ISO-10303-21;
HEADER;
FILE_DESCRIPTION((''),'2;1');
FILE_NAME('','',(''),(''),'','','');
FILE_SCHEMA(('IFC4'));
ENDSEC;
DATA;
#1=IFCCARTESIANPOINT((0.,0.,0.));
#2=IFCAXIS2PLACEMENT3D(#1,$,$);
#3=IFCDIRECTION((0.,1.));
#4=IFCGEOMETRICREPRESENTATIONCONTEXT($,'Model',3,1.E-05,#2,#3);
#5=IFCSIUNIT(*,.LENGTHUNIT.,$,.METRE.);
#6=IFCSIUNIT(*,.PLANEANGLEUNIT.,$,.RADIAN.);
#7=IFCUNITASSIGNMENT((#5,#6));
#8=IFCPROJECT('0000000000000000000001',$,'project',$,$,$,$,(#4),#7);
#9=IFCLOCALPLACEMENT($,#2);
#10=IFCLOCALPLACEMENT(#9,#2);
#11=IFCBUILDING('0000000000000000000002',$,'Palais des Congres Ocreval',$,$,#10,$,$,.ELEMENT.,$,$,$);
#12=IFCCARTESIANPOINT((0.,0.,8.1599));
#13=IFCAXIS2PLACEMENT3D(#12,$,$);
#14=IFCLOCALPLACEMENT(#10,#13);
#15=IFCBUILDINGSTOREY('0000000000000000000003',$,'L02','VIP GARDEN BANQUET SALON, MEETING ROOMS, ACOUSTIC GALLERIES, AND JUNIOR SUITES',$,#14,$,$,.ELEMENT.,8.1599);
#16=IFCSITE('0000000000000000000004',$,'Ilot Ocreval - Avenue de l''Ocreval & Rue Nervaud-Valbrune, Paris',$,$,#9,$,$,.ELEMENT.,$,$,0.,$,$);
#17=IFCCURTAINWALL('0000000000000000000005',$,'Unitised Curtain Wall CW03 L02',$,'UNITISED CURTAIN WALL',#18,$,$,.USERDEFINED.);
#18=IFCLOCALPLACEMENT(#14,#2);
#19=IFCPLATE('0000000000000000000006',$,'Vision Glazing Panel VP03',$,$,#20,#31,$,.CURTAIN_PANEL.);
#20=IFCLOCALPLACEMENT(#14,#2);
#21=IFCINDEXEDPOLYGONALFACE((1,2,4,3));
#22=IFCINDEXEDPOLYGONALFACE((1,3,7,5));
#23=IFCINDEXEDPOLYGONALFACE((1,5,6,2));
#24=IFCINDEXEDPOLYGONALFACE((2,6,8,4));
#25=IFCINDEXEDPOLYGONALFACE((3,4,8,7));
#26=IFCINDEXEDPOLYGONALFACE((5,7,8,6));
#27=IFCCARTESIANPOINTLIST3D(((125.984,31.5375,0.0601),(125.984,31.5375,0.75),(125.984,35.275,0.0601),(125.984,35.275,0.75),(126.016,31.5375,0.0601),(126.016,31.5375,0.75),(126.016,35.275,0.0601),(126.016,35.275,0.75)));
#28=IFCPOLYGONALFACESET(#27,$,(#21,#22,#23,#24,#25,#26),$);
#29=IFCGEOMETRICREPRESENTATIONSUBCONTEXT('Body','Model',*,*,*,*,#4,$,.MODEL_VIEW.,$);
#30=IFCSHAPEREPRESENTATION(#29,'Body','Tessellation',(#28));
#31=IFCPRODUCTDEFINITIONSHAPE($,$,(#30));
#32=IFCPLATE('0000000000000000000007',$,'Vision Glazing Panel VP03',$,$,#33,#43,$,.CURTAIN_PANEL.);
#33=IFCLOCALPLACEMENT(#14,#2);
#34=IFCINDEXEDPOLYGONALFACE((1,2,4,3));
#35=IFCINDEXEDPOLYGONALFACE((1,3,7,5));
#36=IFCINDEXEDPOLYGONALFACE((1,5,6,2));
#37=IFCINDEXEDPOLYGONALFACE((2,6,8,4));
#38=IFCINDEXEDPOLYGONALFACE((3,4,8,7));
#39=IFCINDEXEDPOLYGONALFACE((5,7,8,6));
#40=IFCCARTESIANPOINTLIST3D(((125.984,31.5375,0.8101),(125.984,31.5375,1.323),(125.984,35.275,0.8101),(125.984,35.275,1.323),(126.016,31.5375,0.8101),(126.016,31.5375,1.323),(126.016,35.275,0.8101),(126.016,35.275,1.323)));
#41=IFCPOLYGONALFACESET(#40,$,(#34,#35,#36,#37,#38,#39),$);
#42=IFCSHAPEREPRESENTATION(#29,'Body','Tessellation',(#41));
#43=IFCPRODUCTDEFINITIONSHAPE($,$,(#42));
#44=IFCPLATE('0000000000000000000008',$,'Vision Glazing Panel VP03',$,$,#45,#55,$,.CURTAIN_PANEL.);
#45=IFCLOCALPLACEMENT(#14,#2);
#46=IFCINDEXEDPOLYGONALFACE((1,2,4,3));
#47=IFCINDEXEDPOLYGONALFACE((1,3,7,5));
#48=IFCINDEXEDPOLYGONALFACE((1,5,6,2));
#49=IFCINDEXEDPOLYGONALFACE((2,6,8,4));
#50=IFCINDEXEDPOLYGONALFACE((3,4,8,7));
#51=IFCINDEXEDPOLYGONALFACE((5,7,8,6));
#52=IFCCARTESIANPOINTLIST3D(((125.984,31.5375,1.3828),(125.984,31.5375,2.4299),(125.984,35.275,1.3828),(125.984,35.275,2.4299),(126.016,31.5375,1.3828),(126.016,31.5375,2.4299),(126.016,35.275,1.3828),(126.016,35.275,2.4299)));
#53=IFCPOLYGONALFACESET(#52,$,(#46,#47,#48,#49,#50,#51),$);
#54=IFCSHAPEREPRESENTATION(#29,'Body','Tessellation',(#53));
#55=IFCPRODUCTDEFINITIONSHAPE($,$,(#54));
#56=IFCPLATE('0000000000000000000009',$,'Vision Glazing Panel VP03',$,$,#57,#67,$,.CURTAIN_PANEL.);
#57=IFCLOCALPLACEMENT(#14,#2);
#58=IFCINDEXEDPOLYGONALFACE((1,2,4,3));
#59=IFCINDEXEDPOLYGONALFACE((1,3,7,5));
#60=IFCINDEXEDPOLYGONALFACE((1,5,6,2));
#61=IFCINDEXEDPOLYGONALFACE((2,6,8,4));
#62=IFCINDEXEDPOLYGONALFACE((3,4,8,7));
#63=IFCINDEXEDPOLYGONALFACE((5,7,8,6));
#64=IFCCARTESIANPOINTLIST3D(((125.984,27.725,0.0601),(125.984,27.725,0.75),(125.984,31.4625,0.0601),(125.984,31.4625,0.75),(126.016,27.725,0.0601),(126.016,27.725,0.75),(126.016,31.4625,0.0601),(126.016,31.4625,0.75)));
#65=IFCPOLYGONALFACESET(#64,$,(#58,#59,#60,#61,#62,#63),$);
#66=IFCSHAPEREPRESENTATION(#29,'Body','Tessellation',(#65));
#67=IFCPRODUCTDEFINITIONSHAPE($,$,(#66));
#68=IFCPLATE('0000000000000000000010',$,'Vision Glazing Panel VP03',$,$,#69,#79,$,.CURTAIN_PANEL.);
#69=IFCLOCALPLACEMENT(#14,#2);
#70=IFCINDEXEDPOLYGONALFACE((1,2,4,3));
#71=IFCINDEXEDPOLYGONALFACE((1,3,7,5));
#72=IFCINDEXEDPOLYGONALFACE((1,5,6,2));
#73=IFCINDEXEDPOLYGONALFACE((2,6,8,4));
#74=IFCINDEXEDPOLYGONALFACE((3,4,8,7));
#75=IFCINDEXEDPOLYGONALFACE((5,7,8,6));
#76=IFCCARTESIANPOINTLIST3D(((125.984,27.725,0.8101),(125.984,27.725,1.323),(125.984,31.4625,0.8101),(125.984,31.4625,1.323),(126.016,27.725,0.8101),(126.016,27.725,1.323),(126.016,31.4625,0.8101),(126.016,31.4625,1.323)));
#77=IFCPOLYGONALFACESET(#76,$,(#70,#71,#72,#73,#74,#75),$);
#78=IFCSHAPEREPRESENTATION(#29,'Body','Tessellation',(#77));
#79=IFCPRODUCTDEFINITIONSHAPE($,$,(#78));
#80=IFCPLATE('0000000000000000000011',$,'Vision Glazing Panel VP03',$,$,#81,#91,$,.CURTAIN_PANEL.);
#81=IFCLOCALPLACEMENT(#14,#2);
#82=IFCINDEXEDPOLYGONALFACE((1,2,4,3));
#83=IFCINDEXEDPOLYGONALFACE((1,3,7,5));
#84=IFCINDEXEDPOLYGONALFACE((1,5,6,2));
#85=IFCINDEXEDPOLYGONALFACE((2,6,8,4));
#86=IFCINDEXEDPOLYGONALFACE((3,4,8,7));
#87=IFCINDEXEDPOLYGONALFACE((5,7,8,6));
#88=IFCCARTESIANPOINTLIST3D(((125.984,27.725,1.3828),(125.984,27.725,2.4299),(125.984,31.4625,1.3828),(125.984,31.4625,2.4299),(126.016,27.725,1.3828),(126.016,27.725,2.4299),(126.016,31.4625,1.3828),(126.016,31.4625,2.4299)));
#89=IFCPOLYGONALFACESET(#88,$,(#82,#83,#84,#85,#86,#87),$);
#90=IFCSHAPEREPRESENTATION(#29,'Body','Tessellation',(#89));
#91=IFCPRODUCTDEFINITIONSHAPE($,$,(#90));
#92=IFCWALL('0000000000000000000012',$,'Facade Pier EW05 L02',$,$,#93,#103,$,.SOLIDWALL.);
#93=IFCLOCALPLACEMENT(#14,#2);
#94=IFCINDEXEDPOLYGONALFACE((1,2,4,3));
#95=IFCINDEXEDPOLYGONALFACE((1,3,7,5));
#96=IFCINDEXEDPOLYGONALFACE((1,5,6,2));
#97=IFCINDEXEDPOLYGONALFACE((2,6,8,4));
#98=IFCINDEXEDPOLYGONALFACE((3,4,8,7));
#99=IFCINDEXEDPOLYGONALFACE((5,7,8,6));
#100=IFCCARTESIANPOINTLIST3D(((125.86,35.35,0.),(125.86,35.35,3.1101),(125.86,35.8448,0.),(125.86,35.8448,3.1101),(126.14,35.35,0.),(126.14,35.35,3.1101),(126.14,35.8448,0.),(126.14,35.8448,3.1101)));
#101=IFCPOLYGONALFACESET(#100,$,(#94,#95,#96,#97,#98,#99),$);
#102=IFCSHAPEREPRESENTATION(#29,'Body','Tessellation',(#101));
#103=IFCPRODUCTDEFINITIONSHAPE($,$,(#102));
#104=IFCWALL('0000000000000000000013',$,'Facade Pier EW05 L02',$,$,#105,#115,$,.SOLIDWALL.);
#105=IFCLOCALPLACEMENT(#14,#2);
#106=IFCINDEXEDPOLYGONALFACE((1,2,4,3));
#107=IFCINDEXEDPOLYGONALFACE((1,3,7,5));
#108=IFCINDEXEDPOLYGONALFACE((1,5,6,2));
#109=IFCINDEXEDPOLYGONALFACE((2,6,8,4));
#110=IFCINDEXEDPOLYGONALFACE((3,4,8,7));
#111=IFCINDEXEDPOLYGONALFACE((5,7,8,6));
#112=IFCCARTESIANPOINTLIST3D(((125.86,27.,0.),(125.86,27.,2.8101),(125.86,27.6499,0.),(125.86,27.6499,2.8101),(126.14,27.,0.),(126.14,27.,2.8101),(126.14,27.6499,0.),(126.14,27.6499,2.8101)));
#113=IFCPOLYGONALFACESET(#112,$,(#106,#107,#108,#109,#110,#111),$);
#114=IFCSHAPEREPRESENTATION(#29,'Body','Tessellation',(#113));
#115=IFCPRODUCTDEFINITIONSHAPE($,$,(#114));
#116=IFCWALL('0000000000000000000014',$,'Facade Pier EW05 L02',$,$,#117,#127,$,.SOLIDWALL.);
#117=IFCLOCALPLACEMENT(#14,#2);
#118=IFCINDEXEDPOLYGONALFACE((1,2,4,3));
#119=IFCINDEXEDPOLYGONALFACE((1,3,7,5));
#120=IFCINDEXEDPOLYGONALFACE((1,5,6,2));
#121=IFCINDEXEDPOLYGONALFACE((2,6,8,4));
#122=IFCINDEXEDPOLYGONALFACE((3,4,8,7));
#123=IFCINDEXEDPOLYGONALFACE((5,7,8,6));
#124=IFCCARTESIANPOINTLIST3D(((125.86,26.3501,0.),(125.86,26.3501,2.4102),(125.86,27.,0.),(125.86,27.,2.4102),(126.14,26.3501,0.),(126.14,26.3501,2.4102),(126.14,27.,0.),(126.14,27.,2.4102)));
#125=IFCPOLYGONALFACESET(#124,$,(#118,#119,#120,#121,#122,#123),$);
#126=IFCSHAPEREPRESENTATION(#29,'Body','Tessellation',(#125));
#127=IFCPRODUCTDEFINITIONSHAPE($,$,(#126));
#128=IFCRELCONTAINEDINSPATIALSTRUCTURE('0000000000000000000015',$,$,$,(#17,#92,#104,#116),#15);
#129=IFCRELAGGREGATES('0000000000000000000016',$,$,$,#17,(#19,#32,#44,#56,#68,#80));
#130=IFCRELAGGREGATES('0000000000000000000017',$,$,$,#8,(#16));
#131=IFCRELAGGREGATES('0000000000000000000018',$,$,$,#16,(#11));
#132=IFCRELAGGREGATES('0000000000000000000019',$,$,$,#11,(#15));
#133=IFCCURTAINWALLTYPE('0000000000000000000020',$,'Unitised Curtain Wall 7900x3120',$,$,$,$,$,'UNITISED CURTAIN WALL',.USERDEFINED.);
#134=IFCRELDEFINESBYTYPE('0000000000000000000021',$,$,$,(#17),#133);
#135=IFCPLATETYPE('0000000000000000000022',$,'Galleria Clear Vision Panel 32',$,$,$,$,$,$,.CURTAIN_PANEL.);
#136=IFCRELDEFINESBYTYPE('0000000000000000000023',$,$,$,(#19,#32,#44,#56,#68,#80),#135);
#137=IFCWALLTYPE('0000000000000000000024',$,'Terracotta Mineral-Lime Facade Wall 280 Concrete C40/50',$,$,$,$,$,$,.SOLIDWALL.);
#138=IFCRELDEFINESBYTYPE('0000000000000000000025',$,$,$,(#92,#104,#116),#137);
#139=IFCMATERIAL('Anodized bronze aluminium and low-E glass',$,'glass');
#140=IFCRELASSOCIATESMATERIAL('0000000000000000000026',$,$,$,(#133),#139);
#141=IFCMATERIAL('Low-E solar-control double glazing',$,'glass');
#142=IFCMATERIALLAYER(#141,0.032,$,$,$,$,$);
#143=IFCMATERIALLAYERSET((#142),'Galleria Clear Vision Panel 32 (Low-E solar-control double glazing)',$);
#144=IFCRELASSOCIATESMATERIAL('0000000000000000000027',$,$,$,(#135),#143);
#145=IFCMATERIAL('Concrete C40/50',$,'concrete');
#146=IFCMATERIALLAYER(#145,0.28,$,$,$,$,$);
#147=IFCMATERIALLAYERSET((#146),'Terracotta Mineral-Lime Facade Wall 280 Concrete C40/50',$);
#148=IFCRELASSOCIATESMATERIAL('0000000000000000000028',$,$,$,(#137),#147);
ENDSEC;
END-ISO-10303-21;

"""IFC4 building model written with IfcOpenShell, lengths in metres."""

from ifc_helpers import new_model, si_unit, direction, frame, frame_2d, origin, origin_2d, place, context, subcontext, project, spatial, rectangle, extrude, material, layer, layer_set, type_object, element, aggregate, save


model = new_model("IFC4")

# Units and contexts
model_context = context("Model", 3, precision=1e-05, world=origin(), true_north=direction((0.0, 1.0)))
body_context = subcontext(model_context, "Body", "Model", "MODEL_VIEW")
ifc_project = project(units=[si_unit("LENGTHUNIT", "METRE"), si_unit("PLANEANGLEUNIT", "RADIAN")], contexts=[model_context])

# Site, building, storey
site_placement = place(None, origin())
site = spatial("IfcSite", under=ifc_project, at=site_placement, Name="Ilot Ocreval - Avenue de l'Ocreval & Rue Nervaud-Valbrune, Paris", CompositionType="ELEMENT", RefElevation=0.0)
building_placement = place(site_placement, origin())
building = spatial("IfcBuilding", under=site, at=building_placement, Name="Palais des Congres Ocreval", CompositionType="ELEMENT")
storey_placement = place(building_placement, frame((0.0, 0.0, 8.1599)))
storey = spatial("IfcBuildingStorey", under=building, at=storey_placement, Name="L02", Description="VIP GARDEN BANQUET SALON, MEETING ROOMS, ACOUSTIC GALLERIES, AND JUNIOR SUITES", CompositionType="ELEMENT", Elevation=8.1599)

# Curtain wall
ifc_material_1 = material(Name="Anodized bronze aluminium and low-E glass", Category="glass")
curtain_wall_type = type_object("IfcCurtainWallType", Name="Unitised Curtain Wall 7900x3120", ElementType="UNITISED CURTAIN WALL", PredefinedType="USERDEFINED", material=ifc_material_1)
curtain_wall_1_placement = place(storey_placement, origin())
curtain_wall_1 = element("IfcCurtainWall", 1, at=curtain_wall_1_placement, inside=storey, type_object=curtain_wall_type, Name="Unitised Curtain Wall CW03 L02", ObjectType="UNITISED CURTAIN WALL", PredefinedType="USERDEFINED")

# Plates
ifc_material_2 = material(Name="Low-E solar-control double glazing", Category="glass")
ifc_layer_1 = layer(ifc_material_2, 0.032)
ifc_layer_set_1 = layer_set([ifc_layer_1], Name="Galleria Clear Vision Panel 32 (Low-E solar-control double glazing)")
plate_type_1 = type_object("IfcPlateType", Name="Galleria Clear Vision Panel 32", PredefinedType="CURTAIN_PANEL", material=ifc_layer_set_1)
plate_1_placement = place(storey_placement, frame((126.0, 33.4062, 0.0601), z_axis=(0.0, 0.0, 1.0), x_axis=(0.0, -1.0, 0.0)))
plate_1 = element("IfcPlate", 2, at=plate_1_placement, type_object=plate_type_1, Name="Vision Glazing Panel VP03", PredefinedType="CURTAIN_PANEL", context=body_context, shape_type="SweptSolid", body=[
    extrude(rectangle(XDim=3.7375, YDim=0.032, at=origin_2d()), origin(), (0.0, 0.0, 1.0), 0.6899),
])
plate_2_placement = place(storey_placement, frame((126.0, 33.4062, 0.8101), z_axis=(0.0, 0.0, 1.0), x_axis=(0.0, -1.0, 0.0)))
plate_2 = element("IfcPlate", 3, at=plate_2_placement, type_object=plate_type_1, Name="Vision Glazing Panel VP03", PredefinedType="CURTAIN_PANEL", context=body_context, shape_type="SweptSolid", body=[
    extrude(rectangle(XDim=3.7375, YDim=0.032, at=origin_2d()), origin(), (0.0, 0.0, 1.0), 0.5129),
])
plate_3_placement = place(storey_placement, frame((126.0, 33.4062, 1.3828), z_axis=(0.0, 0.0, 1.0), x_axis=(0.0, -1.0, 0.0)))
plate_3 = element("IfcPlate", 4, at=plate_3_placement, type_object=plate_type_1, Name="Vision Glazing Panel VP03", PredefinedType="CURTAIN_PANEL", context=body_context, shape_type="SweptSolid", body=[
    extrude(rectangle(XDim=3.7375, YDim=0.032, at=origin_2d()), origin(), (0.0, 0.0, 1.0), 1.0471),
])
plate_4_placement = place(storey_placement, frame((126.0, 29.5938, 0.0601), z_axis=(0.0, 0.0, 1.0), x_axis=(0.0, -1.0, 0.0)))
plate_4 = element("IfcPlate", 5, at=plate_4_placement, type_object=plate_type_1, Name="Vision Glazing Panel VP03", PredefinedType="CURTAIN_PANEL", context=body_context, shape_type="SweptSolid", body=[
    extrude(rectangle(XDim=3.7375, YDim=0.032, at=origin_2d()), origin(), (0.0, 0.0, 1.0), 0.6899),
])
plate_5_placement = place(storey_placement, frame((126.0, 29.5938, 0.8101), z_axis=(0.0, 0.0, 1.0), x_axis=(0.0, -1.0, 0.0)))
plate_5 = element("IfcPlate", 6, at=plate_5_placement, type_object=plate_type_1, Name="Vision Glazing Panel VP03", PredefinedType="CURTAIN_PANEL", context=body_context, shape_type="SweptSolid", body=[
    extrude(rectangle(XDim=3.7375, YDim=0.032, at=origin_2d()), origin(), (0.0, 0.0, 1.0), 0.5129),
])
plate_6_placement = place(storey_placement, frame((126.0, 29.5938, 1.3828), z_axis=(0.0, 0.0, 1.0), x_axis=(0.0, -1.0, 0.0)))
plate_6 = element("IfcPlate", 7, at=plate_6_placement, type_object=plate_type_1, Name="Vision Glazing Panel VP03", PredefinedType="CURTAIN_PANEL", context=body_context, shape_type="SweptSolid", body=[
    extrude(rectangle(XDim=3.7375, YDim=0.032, at=origin_2d()), origin(), (0.0, 0.0, 1.0), 1.0471),
])
aggregate(curtain_wall_1, [plate_1, plate_2, plate_3, plate_4, plate_5, plate_6])

# Walls
ifc_material_3 = material(Name="Concrete C40/50", Category="concrete")
ifc_layer_2 = layer(ifc_material_3, 0.28)
ifc_layer_set_2 = layer_set([ifc_layer_2], Name="Terracotta Mineral-Lime Facade Wall 280 Concrete C40/50")
wall_type = type_object("IfcWallType", Name="Terracotta Mineral-Lime Facade Wall 280 Concrete C40/50", PredefinedType="SOLIDWALL", material=ifc_layer_set_2)
wall_1_placement = place(storey_placement, frame((126.0, 35.845, 0.0), z_axis=(0.0, 0.0, 1.0), x_axis=(0.0, -1.0, 0.0)))
element("IfcWall", 8, at=wall_1_placement, inside=storey, type_object=wall_type, Name="Facade Pier EW05 L02", PredefinedType="SOLIDWALL", context=body_context, shape_type="SweptSolid", body=[
    extrude(rectangle(XDim=0.4949, YDim=0.28, at=frame_2d((0.2476, 0.0))), origin(), (0.0, 0.0, 1.0), 3.1101),
])
wall_2_placement = place(storey_placement, frame((126.0, 27.6499, 0.0), z_axis=(0.0, 0.0, 1.0), x_axis=(0.0, -1.0, 0.0)))
element("IfcWall", 9, at=wall_2_placement, inside=storey, type_object=wall_type, Name="Facade Pier EW05 L02", PredefinedType="SOLIDWALL", context=body_context, shape_type="SweptSolid", body=[
    extrude(rectangle(XDim=0.6499, YDim=0.28, at=frame_2d((0.325, 0.0))), origin(), (0.0, 0.0, 1.0), 2.8101),
])
wall_3_placement = place(storey_placement, frame((126.0, 27.0, 0.0), z_axis=(0.0, 0.0, 1.0), x_axis=(0.0, -1.0, 0.0)))
element("IfcWall", 10, at=wall_3_placement, inside=storey, type_object=wall_type, Name="Facade Pier EW05 L02", PredefinedType="SOLIDWALL", context=body_context, shape_type="SweptSolid", body=[
    extrude(rectangle(XDim=0.6499, YDim=0.28, at=frame_2d((0.325, 0.0))), origin(), (0.0, 0.0, 1.0), 2.4102),
])

save(model, "model.ifc")
